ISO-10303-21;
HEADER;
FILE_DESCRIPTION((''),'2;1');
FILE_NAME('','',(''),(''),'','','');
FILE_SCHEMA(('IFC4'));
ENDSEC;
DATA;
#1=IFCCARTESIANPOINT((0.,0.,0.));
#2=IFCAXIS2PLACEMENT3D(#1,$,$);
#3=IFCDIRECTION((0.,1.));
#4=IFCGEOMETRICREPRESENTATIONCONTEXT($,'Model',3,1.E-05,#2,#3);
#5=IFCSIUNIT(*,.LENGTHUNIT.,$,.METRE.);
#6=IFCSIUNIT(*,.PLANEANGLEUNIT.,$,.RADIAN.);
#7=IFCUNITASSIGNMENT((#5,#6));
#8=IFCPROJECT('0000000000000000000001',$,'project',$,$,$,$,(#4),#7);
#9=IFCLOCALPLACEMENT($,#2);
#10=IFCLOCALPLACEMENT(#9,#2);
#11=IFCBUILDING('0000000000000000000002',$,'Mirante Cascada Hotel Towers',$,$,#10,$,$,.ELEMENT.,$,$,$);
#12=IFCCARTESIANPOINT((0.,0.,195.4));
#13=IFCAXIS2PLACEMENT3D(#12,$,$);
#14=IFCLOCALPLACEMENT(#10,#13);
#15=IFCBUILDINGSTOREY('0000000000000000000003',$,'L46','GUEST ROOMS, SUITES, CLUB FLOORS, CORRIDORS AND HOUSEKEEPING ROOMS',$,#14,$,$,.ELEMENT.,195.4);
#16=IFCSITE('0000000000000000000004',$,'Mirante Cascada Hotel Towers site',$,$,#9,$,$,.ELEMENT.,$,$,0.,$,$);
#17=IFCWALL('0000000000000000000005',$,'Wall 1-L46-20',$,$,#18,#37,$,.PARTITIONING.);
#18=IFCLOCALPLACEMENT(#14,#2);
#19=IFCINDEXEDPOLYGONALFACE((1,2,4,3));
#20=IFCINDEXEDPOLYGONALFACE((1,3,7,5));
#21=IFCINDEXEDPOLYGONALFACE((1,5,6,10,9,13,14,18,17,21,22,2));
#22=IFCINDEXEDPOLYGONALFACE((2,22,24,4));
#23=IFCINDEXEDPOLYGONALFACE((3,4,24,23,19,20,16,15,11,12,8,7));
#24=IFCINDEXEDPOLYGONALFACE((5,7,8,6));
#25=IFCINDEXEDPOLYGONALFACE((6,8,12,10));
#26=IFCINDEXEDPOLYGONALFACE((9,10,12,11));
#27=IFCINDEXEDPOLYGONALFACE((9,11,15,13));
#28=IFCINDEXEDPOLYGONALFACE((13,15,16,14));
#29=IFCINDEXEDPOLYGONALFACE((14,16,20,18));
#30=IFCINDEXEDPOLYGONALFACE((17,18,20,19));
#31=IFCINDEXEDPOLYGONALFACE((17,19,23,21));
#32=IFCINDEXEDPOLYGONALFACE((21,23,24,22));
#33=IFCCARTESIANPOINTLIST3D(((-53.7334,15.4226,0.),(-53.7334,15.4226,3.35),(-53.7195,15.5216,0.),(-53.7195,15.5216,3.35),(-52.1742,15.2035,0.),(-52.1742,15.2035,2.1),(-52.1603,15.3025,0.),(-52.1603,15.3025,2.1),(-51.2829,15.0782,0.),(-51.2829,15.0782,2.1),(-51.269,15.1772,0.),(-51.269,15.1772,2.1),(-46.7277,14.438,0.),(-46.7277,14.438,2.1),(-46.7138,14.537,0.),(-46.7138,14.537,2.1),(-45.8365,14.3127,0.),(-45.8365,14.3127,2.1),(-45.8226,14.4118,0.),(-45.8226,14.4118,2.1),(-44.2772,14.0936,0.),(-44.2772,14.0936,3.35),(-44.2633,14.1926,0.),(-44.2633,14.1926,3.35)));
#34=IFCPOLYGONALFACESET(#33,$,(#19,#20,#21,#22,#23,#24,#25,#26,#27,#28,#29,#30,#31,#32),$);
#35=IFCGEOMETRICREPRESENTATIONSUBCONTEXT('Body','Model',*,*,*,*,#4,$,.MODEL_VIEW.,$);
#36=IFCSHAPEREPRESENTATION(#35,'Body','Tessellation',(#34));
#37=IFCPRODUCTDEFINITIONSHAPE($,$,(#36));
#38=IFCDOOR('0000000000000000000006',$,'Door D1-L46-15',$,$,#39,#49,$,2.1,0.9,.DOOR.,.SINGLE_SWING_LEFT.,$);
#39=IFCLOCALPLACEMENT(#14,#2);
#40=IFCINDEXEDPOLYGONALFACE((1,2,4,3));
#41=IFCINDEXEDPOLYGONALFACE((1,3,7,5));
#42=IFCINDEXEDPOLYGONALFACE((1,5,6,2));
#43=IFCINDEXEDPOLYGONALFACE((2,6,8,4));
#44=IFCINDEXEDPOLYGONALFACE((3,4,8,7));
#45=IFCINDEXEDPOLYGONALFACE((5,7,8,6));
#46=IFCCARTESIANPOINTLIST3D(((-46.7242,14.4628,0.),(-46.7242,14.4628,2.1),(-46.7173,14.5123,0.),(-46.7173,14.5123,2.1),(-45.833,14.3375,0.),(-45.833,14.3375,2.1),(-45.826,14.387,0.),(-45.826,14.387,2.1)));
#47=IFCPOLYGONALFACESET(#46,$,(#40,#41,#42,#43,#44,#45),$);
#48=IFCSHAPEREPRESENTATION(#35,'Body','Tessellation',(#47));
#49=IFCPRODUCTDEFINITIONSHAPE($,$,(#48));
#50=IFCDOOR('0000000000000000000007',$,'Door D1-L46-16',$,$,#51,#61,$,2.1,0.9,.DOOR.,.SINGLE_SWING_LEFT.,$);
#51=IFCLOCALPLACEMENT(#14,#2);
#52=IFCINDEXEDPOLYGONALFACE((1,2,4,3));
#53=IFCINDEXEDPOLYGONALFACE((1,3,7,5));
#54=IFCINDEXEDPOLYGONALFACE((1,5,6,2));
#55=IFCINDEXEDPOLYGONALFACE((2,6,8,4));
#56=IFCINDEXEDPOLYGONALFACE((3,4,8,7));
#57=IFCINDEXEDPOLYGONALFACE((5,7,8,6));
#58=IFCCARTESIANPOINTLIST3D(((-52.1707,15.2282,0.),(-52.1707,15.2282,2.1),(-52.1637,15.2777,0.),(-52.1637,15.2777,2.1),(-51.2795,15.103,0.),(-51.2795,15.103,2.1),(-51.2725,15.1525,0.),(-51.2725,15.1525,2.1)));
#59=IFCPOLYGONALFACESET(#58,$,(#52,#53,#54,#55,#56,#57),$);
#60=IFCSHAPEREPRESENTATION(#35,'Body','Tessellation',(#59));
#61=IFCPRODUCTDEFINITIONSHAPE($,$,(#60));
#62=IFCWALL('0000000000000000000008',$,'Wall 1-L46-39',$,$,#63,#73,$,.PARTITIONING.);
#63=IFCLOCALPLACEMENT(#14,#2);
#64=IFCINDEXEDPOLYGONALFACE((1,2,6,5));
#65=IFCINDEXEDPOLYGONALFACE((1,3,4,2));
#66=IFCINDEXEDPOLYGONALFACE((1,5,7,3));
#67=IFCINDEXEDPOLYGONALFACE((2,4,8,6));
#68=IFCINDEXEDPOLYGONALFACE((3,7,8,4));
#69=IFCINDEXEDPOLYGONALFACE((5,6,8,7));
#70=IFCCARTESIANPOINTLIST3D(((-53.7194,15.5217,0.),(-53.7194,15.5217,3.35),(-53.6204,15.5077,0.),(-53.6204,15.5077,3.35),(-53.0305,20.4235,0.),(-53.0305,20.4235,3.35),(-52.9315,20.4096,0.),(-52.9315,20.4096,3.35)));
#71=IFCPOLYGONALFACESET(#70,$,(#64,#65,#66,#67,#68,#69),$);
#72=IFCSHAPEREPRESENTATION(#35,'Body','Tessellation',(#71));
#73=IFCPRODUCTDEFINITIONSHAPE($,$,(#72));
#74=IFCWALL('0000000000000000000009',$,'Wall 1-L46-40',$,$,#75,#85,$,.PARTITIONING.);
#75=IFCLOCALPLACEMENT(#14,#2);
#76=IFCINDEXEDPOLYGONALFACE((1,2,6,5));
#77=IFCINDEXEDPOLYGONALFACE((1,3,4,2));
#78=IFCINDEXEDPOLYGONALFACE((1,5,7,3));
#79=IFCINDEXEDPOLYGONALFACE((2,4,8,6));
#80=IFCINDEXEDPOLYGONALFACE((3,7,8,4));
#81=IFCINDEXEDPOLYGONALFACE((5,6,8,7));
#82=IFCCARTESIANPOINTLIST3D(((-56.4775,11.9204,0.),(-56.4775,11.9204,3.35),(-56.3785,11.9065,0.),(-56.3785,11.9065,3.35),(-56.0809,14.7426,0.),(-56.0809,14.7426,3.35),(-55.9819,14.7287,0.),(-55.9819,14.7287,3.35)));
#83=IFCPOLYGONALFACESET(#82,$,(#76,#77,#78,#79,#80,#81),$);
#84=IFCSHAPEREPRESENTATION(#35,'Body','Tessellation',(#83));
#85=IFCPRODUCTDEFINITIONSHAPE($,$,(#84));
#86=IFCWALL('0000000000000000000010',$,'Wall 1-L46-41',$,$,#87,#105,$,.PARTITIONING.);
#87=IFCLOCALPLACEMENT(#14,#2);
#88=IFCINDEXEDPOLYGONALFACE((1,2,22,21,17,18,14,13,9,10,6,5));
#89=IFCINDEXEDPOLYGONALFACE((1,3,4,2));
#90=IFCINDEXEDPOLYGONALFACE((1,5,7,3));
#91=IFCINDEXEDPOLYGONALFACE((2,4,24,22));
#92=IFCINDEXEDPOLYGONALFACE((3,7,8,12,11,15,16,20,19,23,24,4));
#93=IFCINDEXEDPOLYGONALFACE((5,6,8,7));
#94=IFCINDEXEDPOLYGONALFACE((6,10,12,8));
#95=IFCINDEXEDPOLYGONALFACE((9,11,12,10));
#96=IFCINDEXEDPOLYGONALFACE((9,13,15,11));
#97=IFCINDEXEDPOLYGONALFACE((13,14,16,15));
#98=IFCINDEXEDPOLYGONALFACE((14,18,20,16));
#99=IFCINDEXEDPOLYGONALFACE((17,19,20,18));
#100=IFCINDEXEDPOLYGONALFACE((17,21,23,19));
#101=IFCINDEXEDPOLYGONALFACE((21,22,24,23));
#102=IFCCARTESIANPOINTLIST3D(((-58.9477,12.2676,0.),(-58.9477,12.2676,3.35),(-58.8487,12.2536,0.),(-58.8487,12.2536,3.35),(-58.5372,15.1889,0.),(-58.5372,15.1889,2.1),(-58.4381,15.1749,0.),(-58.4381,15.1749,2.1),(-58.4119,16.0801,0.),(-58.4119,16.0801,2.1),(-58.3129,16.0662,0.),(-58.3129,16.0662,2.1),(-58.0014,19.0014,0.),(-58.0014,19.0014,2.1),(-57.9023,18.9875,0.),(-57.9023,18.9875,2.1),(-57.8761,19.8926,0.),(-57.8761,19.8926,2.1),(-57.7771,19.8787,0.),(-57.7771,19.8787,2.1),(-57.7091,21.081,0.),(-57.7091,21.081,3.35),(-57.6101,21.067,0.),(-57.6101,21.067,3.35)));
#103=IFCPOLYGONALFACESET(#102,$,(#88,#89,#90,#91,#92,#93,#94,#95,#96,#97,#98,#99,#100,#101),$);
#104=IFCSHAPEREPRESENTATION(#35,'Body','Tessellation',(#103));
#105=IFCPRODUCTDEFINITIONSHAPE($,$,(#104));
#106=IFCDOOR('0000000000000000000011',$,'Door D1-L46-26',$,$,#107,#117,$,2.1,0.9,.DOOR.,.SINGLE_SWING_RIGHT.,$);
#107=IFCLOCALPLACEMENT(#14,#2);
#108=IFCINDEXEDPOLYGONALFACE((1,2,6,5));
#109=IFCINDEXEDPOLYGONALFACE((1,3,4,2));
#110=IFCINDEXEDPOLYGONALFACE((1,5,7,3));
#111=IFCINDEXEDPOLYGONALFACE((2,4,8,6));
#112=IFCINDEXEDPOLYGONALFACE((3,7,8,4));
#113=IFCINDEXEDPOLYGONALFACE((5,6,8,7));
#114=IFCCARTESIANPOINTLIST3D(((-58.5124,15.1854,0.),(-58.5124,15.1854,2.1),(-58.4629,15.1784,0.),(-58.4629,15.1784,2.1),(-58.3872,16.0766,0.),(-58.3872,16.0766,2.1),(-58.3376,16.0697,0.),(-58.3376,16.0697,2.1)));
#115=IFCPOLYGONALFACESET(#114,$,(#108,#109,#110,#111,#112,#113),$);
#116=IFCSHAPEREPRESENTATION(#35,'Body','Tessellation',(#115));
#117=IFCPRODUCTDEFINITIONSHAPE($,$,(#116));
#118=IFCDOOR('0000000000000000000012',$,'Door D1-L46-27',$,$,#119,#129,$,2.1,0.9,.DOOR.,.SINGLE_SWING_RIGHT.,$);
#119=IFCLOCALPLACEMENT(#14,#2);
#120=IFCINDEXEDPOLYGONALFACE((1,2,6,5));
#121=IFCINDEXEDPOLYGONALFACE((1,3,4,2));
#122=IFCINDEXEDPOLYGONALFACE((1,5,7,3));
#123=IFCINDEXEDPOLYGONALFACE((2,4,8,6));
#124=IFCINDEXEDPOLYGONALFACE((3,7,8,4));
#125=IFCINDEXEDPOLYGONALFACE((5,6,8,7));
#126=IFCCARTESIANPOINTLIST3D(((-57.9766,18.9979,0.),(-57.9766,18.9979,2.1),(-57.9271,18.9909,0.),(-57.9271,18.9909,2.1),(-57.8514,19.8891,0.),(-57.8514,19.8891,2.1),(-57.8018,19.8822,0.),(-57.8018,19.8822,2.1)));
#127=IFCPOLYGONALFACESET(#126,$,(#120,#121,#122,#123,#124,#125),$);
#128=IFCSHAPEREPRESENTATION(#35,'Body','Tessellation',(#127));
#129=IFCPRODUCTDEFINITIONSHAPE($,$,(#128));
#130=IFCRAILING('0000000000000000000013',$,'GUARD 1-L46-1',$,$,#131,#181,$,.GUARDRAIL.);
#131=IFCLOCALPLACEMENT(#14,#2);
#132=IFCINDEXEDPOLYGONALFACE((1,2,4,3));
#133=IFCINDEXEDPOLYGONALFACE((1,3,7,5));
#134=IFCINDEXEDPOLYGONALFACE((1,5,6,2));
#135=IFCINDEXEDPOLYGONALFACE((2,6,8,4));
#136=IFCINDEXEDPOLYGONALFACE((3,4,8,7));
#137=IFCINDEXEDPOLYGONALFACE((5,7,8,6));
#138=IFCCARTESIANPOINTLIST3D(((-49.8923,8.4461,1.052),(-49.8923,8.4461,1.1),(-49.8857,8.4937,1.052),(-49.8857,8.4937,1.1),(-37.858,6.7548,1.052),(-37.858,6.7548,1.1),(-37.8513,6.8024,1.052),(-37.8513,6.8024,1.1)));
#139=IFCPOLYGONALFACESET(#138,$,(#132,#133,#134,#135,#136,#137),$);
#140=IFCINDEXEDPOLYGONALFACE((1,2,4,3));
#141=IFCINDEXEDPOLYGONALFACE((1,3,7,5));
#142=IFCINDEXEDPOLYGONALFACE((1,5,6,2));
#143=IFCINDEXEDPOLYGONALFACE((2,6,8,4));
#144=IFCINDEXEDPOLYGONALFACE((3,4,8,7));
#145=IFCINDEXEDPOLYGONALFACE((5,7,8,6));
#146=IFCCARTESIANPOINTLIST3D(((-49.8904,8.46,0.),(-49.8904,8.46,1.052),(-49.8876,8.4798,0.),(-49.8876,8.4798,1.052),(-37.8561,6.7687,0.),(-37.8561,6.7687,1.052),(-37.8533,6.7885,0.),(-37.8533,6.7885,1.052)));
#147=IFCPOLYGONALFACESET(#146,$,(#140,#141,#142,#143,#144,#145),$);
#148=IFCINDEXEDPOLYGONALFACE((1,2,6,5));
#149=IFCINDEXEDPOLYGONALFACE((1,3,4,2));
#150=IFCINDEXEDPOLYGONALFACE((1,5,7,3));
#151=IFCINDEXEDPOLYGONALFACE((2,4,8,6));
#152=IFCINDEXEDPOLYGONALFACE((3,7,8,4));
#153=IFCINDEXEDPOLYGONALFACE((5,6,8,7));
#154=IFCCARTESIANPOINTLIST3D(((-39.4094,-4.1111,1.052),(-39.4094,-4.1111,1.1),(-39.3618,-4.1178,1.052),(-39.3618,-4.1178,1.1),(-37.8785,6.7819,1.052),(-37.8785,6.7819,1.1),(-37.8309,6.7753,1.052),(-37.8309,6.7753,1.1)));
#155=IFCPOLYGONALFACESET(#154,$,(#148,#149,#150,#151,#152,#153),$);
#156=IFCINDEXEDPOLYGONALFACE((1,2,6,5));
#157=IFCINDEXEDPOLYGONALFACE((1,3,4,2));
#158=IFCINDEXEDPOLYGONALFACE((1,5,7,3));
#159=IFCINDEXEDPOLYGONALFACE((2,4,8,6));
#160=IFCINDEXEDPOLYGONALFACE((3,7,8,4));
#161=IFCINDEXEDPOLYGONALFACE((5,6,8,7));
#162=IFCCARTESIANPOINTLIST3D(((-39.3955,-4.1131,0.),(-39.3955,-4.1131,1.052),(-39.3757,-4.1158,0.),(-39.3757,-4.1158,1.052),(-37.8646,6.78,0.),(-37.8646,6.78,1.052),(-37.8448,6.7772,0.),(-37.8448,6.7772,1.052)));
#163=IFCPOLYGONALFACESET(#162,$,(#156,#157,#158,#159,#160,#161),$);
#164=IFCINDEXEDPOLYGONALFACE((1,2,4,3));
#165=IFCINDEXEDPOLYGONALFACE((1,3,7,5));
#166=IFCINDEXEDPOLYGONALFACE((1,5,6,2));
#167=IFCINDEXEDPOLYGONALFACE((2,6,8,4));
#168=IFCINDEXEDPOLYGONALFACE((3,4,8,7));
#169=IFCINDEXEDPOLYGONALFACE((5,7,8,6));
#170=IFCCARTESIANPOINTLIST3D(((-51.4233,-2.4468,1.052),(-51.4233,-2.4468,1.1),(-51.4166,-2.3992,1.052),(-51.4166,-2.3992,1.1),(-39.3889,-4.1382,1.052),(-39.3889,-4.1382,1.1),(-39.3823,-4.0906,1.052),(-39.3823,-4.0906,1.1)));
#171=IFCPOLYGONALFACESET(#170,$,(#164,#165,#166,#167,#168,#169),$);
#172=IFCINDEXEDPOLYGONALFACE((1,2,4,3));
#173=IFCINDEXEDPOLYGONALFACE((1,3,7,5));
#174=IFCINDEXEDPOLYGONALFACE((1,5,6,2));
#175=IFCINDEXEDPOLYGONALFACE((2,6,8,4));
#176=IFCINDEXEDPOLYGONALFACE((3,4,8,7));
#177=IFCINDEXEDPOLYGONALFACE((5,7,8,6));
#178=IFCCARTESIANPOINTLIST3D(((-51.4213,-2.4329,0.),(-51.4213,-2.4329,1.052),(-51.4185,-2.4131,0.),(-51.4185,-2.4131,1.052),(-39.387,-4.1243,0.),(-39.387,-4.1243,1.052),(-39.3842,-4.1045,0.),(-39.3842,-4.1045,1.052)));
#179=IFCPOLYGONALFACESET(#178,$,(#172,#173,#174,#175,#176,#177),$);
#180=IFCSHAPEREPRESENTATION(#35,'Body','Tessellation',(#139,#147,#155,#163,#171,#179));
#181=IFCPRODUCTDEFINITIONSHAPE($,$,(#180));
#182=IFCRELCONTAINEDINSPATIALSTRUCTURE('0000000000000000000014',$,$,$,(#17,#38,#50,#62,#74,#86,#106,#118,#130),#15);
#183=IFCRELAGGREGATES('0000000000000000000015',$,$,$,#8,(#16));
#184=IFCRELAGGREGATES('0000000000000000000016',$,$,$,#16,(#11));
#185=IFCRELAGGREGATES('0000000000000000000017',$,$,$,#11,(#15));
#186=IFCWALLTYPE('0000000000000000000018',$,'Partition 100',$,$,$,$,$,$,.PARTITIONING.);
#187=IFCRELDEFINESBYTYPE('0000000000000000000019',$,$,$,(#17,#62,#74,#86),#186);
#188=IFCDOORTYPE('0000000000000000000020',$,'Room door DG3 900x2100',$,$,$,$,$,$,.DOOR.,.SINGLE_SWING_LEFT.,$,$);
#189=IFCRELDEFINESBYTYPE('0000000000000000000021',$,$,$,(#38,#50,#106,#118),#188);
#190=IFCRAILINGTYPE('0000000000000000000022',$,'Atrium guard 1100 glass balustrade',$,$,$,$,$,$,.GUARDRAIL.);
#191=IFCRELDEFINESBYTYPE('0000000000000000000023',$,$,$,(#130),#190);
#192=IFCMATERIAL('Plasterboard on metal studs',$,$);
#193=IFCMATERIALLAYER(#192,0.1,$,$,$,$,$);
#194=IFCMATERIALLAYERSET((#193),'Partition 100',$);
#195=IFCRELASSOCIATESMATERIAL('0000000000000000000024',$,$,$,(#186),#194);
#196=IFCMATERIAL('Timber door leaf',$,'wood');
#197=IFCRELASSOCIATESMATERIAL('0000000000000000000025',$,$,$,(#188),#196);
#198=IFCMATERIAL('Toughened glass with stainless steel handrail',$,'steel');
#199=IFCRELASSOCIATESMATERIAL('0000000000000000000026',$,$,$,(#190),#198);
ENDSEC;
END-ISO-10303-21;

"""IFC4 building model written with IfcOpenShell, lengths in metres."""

from ifc_helpers import new_model, si_unit, direction, frame, frame_2d, origin, origin_2d, place, context, subcontext, project, spatial, rectangle, extrude, material, layer, layer_set, type_object, element, fill, save


model = new_model("IFC4")

# Units and contexts
model_context = context("Model", 3, precision=1e-05, world=origin(), true_north=direction((0.0, 1.0)))
body_context = subcontext(model_context, "Body", "Model", "MODEL_VIEW")
ifc_project = project(units=[si_unit("LENGTHUNIT", "METRE"), si_unit("PLANEANGLEUNIT", "RADIAN")], contexts=[model_context])

# Site, building, storey
site_placement = place(None, origin())
site = spatial("IfcSite", under=ifc_project, at=site_placement, Name="Mirante Cascada Hotel Towers site", CompositionType="ELEMENT", RefElevation=0.0)
building_placement = place(site_placement, origin())
building = spatial("IfcBuilding", under=site, at=building_placement, Name="Mirante Cascada Hotel Towers", CompositionType="ELEMENT")
storey_placement = place(building_placement, frame((0.0, 0.0, 195.4)))
storey = spatial("IfcBuildingStorey", under=building, at=storey_placement, Name="L46", Description="GUEST ROOMS, SUITES, CLUB FLOORS, CORRIDORS AND HOUSEKEEPING ROOMS", CompositionType="ELEMENT", Elevation=195.4)

# Shared definitions
ifc_material_1 = material(Name="Plasterboard on metal studs")
ifc_layer_1 = layer(ifc_material_1, 0.1)
ifc_layer_set_1 = layer_set([ifc_layer_1], Name="Partition 100")
wall_type = type_object("IfcWallType", Name="Partition 100", PredefinedType="PARTITIONING", material=ifc_layer_set_1)

# Wall, openings, doors
wall_1_placement = place(storey_placement, frame((-53.7264, 15.4721, 0.0), z_axis=(0.0, 0.0, 1.0), x_axis=(0.990268, -0.139175, 0.0)))
wall_1 = element("IfcWall", 1, at=wall_1_placement, inside=storey, type_object=wall_type, Name="Wall 1-L46-20", PredefinedType="PARTITIONING", context=body_context, shape_type="SweptSolid", body=[
    extrude(rectangle(XDim=9.5491, YDim=0.1, at=frame_2d((4.7745, 0.0))), origin(), (0.0, 0.0, 1.0), 3.35),
])
opening_1_placement = place(wall_1_placement, frame((7.0745, 0.0, 0.0)))
opening_1 = element("IfcOpeningElement", 2, at=opening_1_placement, cuts=wall_1, PredefinedType="OPENING", context=body_context, shape_type="SweptSolid", body=[
    extrude(rectangle(XDim=0.9, YDim=2.1, at=frame_2d((0.45, 1.05))), frame((0.0, 0.05, 0.0), z_axis=(0.0, -1.0, 0.0), x_axis=(1.0, 0.0, 0.0)), (0.0, 0.0, 1.0), 0.1),
])
opening_2_placement = place(wall_1_placement, frame((1.5745, 0.0, 0.0)))
opening_2 = element("IfcOpeningElement", 3, at=opening_2_placement, cuts=wall_1, PredefinedType="OPENING", context=body_context, shape_type="SweptSolid", body=[
    extrude(rectangle(XDim=0.9, YDim=2.1, at=frame_2d((0.45, 1.05))), frame((0.0, 0.05, 0.0), z_axis=(0.0, -1.0, 0.0), x_axis=(1.0, 0.0, 0.0)), (0.0, 0.0, 1.0), 0.1),
])
ifc_material_2 = material(Name="Timber door leaf", Category="wood")
door_type_1 = type_object("IfcDoorType", Name="Room door DG3 900x2100", OperationType="SINGLE_SWING_LEFT", PredefinedType="DOOR", material=ifc_material_2)
door_1_placement = place(opening_1_placement, origin())
door_1 = element("IfcDoor", 4, at=door_1_placement, inside=storey, type_object=door_type_1, Name="Door D1-L46-15", OperationType="SINGLE_SWING_LEFT", OverallHeight=2.1, OverallWidth=0.9, PredefinedType="DOOR", context=body_context, shape_type="SweptSolid", body=[
    extrude(rectangle(XDim=0.9, YDim=2.1, at=frame_2d((0.45, 1.05))), frame((0.0, 0.025, 0.0), z_axis=(0.0, -1.0, 0.0), x_axis=(1.0, 0.0, 0.0)), (0.0, 0.0, 1.0), 0.05),
])
fill(opening_1, door_1)
door_2_placement = place(opening_2_placement, origin())
door_2 = element("IfcDoor", 5, at=door_2_placement, inside=storey, type_object=door_type_1, Name="Door D1-L46-16", OperationType="SINGLE_SWING_LEFT", OverallHeight=2.1, OverallWidth=0.9, PredefinedType="DOOR", context=body_context, shape_type="SweptSolid", body=[
    extrude(rectangle(XDim=0.9, YDim=2.1, at=frame_2d((0.45, 1.05))), frame((0.0, 0.025, 0.0), z_axis=(0.0, -1.0, 0.0), x_axis=(1.0, 0.0, 0.0)), (0.0, 0.0, 1.0), 0.05),
])
fill(opening_2, door_2)

# Walls
wall_2_placement = place(storey_placement, frame((-53.6699, 15.5147, 0.0), z_axis=(0.0, 0.0, 1.0), x_axis=(0.139173, 0.990268, 0.0)))
element("IfcWall", 6, at=wall_2_placement, inside=storey, type_object=wall_type, Name="Wall 1-L46-39", PredefinedType="PARTITIONING", context=body_context, shape_type="SweptSolid", body=[
    extrude(rectangle(XDim=4.95, YDim=0.1, at=frame_2d((2.475, 0.0))), origin(), (0.0, 0.0, 1.0), 3.35),
])
wall_3_placement = place(storey_placement, frame((-56.0314, 14.7357, 0.0), z_axis=(0.0, 0.0, 1.0), x_axis=(-0.139161, -0.99027, 0.0)))
element("IfcWall", 7, at=wall_3_placement, inside=storey, type_object=wall_type, Name="Wall 1-L46-40", PredefinedType="PARTITIONING", context=body_context, shape_type="SweptSolid", body=[
    extrude(rectangle(XDim=2.8499, YDim=0.1, at=frame_2d((1.425, 0.0))), origin(), (0.0, 0.0, 1.0), 3.35),
])

# Wall, openings, doors
wall_4_placement = place(storey_placement, frame((-58.8982, 12.2606, 0.0), z_axis=(0.0, 0.0, 1.0), x_axis=(0.139168, 0.990269, 0.0)))
wall_4 = element("IfcWall", 8, at=wall_4_placement, inside=storey, type_object=wall_type, Name="Wall 1-L46-41", PredefinedType="PARTITIONING", context=body_context, shape_type="SweptSolid", body=[
    extrude(rectangle(XDim=8.9, YDim=0.1, at=frame_2d((4.45, 0.0))), origin(), (0.0, 0.0, 1.0), 3.35),
])
opening_3_placement = place(wall_4_placement, frame((2.95, 0.0, 0.0)))
opening_3 = element("IfcOpeningElement", 9, at=opening_3_placement, cuts=wall_4, PredefinedType="OPENING", context=body_context, shape_type="SweptSolid", body=[
    extrude(rectangle(XDim=0.9, YDim=2.1, at=frame_2d((0.45, 1.05))), frame((0.0, 0.05, 0.0), z_axis=(0.0, -1.0, 0.0), x_axis=(1.0, 0.0, 0.0)), (0.0, 0.0, 1.0), 0.1),
])
opening_4_placement = place(wall_4_placement, frame((6.8, 0.0, 0.0)))
opening_4 = element("IfcOpeningElement", 10, at=opening_4_placement, cuts=wall_4, PredefinedType="OPENING", context=body_context, shape_type="SweptSolid", body=[
    extrude(rectangle(XDim=0.9, YDim=2.1, at=frame_2d((0.45, 1.05))), frame((0.0, 0.05, 0.0), z_axis=(0.0, -1.0, 0.0), x_axis=(1.0, 0.0, 0.0)), (0.0, 0.0, 1.0), 0.1),
])
door_3_placement = place(opening_3_placement, frame((0.9, 0.0, 0.0), z_axis=(0.0, 0.0, 1.0), x_axis=(-1.0, 0.0, 0.0)))
door_3 = element("IfcDoor", 11, at=door_3_placement, inside=storey, type_object=door_type_1, Name="Door D1-L46-26", OperationType="SINGLE_SWING_RIGHT", OverallHeight=2.1, OverallWidth=0.9, PredefinedType="DOOR", context=body_context, shape_type="SweptSolid", body=[
    extrude(rectangle(XDim=0.9, YDim=2.1, at=frame_2d((0.45, 1.05))), frame((0.0, 0.025, 0.0), z_axis=(0.0, -1.0, 0.0), x_axis=(1.0, 0.0, 0.0)), (0.0, 0.0, 1.0), 0.05),
])
fill(opening_3, door_3)
door_4_placement = place(opening_4_placement, frame((0.9, 0.0, 0.0), z_axis=(0.0, 0.0, 1.0), x_axis=(-1.0, 0.0, 0.0)))
door_4 = element("IfcDoor", 12, at=door_4_placement, inside=storey, type_object=door_type_1, Name="Door D1-L46-27", OperationType="SINGLE_SWING_RIGHT", OverallHeight=2.1, OverallWidth=0.9, PredefinedType="DOOR", context=body_context, shape_type="SweptSolid", body=[
    extrude(rectangle(XDim=0.9, YDim=2.1, at=frame_2d((0.45, 1.05))), frame((0.0, 0.025, 0.0), z_axis=(0.0, -1.0, 0.0), x_axis=(1.0, 0.0, 0.0)), (0.0, 0.0, 1.0), 0.05),
])
fill(opening_4, door_4)

# Railing
ifc_material_3 = material(Name="Toughened glass with stainless steel handrail", Category="steel")
railing_type = type_object("IfcRailingType", Name="Atrium guard 1100 glass balustrade", PredefinedType="GUARDRAIL", material=ifc_material_3)
railing_placement = place(storey_placement, frame((-49.889, 8.4699, 0.0)))
element("IfcRailing", 13, at=railing_placement, inside=storey, type_object=railing_type, Name="GUARD 1-L46-1", PredefinedType="GUARDRAIL", context=body_context, shape_type="SweptSolid", body=[
    extrude(rectangle(XDim=0.048, YDim=0.048, at=origin_2d()), frame((0.0, 0.0, 1.076), z_axis=(0.990268, -0.139172, 0.0), x_axis=(0.139172, 0.990268, 0.0)), (0.0, 0.0, 1.0), 12.1526),
    extrude(rectangle(XDim=0.02, YDim=1.052, at=origin_2d()), frame((0.0, 0.0, 0.526), z_axis=(0.990268, -0.139172, 0.0), x_axis=(0.139172, 0.990268, 0.0)), (0.0, 0.0, 1.0), 12.1526),
    extrude(rectangle(XDim=0.048, YDim=0.048, at=origin_2d()), frame((12.0343, -1.6913, 1.076), z_axis=(-0.139172, -0.990268, 0.0), x_axis=(0.990268, -0.139172, 0.0)), (0.0, 0.0, 1.0), 11.0001),
    extrude(rectangle(XDim=0.02, YDim=1.052, at=origin_2d()), frame((12.0343, -1.6913, 0.526), z_axis=(-0.139172, -0.990268, 0.0), x_axis=(0.990268, -0.139172, 0.0)), (0.0, 0.0, 1.0), 11.0001),
    extrude(rectangle(XDim=0.048, YDim=0.048, at=origin_2d()), frame((10.5034, -12.5843, 1.076), z_axis=(-0.990267, 0.13918, 0.0), x_axis=(-0.13918, -0.990267, 0.0)), (0.0, 0.0, 1.0), 12.1526),
    extrude(rectangle(XDim=0.02, YDim=1.052, at=origin_2d()), frame((10.5034, -12.5843, 0.526), z_axis=(-0.990267, 0.13918, 0.0), x_axis=(-0.13918, -0.990267, 0.0)), (0.0, 0.0, 1.0), 12.1526),
])

save(model, "model.ifc")
